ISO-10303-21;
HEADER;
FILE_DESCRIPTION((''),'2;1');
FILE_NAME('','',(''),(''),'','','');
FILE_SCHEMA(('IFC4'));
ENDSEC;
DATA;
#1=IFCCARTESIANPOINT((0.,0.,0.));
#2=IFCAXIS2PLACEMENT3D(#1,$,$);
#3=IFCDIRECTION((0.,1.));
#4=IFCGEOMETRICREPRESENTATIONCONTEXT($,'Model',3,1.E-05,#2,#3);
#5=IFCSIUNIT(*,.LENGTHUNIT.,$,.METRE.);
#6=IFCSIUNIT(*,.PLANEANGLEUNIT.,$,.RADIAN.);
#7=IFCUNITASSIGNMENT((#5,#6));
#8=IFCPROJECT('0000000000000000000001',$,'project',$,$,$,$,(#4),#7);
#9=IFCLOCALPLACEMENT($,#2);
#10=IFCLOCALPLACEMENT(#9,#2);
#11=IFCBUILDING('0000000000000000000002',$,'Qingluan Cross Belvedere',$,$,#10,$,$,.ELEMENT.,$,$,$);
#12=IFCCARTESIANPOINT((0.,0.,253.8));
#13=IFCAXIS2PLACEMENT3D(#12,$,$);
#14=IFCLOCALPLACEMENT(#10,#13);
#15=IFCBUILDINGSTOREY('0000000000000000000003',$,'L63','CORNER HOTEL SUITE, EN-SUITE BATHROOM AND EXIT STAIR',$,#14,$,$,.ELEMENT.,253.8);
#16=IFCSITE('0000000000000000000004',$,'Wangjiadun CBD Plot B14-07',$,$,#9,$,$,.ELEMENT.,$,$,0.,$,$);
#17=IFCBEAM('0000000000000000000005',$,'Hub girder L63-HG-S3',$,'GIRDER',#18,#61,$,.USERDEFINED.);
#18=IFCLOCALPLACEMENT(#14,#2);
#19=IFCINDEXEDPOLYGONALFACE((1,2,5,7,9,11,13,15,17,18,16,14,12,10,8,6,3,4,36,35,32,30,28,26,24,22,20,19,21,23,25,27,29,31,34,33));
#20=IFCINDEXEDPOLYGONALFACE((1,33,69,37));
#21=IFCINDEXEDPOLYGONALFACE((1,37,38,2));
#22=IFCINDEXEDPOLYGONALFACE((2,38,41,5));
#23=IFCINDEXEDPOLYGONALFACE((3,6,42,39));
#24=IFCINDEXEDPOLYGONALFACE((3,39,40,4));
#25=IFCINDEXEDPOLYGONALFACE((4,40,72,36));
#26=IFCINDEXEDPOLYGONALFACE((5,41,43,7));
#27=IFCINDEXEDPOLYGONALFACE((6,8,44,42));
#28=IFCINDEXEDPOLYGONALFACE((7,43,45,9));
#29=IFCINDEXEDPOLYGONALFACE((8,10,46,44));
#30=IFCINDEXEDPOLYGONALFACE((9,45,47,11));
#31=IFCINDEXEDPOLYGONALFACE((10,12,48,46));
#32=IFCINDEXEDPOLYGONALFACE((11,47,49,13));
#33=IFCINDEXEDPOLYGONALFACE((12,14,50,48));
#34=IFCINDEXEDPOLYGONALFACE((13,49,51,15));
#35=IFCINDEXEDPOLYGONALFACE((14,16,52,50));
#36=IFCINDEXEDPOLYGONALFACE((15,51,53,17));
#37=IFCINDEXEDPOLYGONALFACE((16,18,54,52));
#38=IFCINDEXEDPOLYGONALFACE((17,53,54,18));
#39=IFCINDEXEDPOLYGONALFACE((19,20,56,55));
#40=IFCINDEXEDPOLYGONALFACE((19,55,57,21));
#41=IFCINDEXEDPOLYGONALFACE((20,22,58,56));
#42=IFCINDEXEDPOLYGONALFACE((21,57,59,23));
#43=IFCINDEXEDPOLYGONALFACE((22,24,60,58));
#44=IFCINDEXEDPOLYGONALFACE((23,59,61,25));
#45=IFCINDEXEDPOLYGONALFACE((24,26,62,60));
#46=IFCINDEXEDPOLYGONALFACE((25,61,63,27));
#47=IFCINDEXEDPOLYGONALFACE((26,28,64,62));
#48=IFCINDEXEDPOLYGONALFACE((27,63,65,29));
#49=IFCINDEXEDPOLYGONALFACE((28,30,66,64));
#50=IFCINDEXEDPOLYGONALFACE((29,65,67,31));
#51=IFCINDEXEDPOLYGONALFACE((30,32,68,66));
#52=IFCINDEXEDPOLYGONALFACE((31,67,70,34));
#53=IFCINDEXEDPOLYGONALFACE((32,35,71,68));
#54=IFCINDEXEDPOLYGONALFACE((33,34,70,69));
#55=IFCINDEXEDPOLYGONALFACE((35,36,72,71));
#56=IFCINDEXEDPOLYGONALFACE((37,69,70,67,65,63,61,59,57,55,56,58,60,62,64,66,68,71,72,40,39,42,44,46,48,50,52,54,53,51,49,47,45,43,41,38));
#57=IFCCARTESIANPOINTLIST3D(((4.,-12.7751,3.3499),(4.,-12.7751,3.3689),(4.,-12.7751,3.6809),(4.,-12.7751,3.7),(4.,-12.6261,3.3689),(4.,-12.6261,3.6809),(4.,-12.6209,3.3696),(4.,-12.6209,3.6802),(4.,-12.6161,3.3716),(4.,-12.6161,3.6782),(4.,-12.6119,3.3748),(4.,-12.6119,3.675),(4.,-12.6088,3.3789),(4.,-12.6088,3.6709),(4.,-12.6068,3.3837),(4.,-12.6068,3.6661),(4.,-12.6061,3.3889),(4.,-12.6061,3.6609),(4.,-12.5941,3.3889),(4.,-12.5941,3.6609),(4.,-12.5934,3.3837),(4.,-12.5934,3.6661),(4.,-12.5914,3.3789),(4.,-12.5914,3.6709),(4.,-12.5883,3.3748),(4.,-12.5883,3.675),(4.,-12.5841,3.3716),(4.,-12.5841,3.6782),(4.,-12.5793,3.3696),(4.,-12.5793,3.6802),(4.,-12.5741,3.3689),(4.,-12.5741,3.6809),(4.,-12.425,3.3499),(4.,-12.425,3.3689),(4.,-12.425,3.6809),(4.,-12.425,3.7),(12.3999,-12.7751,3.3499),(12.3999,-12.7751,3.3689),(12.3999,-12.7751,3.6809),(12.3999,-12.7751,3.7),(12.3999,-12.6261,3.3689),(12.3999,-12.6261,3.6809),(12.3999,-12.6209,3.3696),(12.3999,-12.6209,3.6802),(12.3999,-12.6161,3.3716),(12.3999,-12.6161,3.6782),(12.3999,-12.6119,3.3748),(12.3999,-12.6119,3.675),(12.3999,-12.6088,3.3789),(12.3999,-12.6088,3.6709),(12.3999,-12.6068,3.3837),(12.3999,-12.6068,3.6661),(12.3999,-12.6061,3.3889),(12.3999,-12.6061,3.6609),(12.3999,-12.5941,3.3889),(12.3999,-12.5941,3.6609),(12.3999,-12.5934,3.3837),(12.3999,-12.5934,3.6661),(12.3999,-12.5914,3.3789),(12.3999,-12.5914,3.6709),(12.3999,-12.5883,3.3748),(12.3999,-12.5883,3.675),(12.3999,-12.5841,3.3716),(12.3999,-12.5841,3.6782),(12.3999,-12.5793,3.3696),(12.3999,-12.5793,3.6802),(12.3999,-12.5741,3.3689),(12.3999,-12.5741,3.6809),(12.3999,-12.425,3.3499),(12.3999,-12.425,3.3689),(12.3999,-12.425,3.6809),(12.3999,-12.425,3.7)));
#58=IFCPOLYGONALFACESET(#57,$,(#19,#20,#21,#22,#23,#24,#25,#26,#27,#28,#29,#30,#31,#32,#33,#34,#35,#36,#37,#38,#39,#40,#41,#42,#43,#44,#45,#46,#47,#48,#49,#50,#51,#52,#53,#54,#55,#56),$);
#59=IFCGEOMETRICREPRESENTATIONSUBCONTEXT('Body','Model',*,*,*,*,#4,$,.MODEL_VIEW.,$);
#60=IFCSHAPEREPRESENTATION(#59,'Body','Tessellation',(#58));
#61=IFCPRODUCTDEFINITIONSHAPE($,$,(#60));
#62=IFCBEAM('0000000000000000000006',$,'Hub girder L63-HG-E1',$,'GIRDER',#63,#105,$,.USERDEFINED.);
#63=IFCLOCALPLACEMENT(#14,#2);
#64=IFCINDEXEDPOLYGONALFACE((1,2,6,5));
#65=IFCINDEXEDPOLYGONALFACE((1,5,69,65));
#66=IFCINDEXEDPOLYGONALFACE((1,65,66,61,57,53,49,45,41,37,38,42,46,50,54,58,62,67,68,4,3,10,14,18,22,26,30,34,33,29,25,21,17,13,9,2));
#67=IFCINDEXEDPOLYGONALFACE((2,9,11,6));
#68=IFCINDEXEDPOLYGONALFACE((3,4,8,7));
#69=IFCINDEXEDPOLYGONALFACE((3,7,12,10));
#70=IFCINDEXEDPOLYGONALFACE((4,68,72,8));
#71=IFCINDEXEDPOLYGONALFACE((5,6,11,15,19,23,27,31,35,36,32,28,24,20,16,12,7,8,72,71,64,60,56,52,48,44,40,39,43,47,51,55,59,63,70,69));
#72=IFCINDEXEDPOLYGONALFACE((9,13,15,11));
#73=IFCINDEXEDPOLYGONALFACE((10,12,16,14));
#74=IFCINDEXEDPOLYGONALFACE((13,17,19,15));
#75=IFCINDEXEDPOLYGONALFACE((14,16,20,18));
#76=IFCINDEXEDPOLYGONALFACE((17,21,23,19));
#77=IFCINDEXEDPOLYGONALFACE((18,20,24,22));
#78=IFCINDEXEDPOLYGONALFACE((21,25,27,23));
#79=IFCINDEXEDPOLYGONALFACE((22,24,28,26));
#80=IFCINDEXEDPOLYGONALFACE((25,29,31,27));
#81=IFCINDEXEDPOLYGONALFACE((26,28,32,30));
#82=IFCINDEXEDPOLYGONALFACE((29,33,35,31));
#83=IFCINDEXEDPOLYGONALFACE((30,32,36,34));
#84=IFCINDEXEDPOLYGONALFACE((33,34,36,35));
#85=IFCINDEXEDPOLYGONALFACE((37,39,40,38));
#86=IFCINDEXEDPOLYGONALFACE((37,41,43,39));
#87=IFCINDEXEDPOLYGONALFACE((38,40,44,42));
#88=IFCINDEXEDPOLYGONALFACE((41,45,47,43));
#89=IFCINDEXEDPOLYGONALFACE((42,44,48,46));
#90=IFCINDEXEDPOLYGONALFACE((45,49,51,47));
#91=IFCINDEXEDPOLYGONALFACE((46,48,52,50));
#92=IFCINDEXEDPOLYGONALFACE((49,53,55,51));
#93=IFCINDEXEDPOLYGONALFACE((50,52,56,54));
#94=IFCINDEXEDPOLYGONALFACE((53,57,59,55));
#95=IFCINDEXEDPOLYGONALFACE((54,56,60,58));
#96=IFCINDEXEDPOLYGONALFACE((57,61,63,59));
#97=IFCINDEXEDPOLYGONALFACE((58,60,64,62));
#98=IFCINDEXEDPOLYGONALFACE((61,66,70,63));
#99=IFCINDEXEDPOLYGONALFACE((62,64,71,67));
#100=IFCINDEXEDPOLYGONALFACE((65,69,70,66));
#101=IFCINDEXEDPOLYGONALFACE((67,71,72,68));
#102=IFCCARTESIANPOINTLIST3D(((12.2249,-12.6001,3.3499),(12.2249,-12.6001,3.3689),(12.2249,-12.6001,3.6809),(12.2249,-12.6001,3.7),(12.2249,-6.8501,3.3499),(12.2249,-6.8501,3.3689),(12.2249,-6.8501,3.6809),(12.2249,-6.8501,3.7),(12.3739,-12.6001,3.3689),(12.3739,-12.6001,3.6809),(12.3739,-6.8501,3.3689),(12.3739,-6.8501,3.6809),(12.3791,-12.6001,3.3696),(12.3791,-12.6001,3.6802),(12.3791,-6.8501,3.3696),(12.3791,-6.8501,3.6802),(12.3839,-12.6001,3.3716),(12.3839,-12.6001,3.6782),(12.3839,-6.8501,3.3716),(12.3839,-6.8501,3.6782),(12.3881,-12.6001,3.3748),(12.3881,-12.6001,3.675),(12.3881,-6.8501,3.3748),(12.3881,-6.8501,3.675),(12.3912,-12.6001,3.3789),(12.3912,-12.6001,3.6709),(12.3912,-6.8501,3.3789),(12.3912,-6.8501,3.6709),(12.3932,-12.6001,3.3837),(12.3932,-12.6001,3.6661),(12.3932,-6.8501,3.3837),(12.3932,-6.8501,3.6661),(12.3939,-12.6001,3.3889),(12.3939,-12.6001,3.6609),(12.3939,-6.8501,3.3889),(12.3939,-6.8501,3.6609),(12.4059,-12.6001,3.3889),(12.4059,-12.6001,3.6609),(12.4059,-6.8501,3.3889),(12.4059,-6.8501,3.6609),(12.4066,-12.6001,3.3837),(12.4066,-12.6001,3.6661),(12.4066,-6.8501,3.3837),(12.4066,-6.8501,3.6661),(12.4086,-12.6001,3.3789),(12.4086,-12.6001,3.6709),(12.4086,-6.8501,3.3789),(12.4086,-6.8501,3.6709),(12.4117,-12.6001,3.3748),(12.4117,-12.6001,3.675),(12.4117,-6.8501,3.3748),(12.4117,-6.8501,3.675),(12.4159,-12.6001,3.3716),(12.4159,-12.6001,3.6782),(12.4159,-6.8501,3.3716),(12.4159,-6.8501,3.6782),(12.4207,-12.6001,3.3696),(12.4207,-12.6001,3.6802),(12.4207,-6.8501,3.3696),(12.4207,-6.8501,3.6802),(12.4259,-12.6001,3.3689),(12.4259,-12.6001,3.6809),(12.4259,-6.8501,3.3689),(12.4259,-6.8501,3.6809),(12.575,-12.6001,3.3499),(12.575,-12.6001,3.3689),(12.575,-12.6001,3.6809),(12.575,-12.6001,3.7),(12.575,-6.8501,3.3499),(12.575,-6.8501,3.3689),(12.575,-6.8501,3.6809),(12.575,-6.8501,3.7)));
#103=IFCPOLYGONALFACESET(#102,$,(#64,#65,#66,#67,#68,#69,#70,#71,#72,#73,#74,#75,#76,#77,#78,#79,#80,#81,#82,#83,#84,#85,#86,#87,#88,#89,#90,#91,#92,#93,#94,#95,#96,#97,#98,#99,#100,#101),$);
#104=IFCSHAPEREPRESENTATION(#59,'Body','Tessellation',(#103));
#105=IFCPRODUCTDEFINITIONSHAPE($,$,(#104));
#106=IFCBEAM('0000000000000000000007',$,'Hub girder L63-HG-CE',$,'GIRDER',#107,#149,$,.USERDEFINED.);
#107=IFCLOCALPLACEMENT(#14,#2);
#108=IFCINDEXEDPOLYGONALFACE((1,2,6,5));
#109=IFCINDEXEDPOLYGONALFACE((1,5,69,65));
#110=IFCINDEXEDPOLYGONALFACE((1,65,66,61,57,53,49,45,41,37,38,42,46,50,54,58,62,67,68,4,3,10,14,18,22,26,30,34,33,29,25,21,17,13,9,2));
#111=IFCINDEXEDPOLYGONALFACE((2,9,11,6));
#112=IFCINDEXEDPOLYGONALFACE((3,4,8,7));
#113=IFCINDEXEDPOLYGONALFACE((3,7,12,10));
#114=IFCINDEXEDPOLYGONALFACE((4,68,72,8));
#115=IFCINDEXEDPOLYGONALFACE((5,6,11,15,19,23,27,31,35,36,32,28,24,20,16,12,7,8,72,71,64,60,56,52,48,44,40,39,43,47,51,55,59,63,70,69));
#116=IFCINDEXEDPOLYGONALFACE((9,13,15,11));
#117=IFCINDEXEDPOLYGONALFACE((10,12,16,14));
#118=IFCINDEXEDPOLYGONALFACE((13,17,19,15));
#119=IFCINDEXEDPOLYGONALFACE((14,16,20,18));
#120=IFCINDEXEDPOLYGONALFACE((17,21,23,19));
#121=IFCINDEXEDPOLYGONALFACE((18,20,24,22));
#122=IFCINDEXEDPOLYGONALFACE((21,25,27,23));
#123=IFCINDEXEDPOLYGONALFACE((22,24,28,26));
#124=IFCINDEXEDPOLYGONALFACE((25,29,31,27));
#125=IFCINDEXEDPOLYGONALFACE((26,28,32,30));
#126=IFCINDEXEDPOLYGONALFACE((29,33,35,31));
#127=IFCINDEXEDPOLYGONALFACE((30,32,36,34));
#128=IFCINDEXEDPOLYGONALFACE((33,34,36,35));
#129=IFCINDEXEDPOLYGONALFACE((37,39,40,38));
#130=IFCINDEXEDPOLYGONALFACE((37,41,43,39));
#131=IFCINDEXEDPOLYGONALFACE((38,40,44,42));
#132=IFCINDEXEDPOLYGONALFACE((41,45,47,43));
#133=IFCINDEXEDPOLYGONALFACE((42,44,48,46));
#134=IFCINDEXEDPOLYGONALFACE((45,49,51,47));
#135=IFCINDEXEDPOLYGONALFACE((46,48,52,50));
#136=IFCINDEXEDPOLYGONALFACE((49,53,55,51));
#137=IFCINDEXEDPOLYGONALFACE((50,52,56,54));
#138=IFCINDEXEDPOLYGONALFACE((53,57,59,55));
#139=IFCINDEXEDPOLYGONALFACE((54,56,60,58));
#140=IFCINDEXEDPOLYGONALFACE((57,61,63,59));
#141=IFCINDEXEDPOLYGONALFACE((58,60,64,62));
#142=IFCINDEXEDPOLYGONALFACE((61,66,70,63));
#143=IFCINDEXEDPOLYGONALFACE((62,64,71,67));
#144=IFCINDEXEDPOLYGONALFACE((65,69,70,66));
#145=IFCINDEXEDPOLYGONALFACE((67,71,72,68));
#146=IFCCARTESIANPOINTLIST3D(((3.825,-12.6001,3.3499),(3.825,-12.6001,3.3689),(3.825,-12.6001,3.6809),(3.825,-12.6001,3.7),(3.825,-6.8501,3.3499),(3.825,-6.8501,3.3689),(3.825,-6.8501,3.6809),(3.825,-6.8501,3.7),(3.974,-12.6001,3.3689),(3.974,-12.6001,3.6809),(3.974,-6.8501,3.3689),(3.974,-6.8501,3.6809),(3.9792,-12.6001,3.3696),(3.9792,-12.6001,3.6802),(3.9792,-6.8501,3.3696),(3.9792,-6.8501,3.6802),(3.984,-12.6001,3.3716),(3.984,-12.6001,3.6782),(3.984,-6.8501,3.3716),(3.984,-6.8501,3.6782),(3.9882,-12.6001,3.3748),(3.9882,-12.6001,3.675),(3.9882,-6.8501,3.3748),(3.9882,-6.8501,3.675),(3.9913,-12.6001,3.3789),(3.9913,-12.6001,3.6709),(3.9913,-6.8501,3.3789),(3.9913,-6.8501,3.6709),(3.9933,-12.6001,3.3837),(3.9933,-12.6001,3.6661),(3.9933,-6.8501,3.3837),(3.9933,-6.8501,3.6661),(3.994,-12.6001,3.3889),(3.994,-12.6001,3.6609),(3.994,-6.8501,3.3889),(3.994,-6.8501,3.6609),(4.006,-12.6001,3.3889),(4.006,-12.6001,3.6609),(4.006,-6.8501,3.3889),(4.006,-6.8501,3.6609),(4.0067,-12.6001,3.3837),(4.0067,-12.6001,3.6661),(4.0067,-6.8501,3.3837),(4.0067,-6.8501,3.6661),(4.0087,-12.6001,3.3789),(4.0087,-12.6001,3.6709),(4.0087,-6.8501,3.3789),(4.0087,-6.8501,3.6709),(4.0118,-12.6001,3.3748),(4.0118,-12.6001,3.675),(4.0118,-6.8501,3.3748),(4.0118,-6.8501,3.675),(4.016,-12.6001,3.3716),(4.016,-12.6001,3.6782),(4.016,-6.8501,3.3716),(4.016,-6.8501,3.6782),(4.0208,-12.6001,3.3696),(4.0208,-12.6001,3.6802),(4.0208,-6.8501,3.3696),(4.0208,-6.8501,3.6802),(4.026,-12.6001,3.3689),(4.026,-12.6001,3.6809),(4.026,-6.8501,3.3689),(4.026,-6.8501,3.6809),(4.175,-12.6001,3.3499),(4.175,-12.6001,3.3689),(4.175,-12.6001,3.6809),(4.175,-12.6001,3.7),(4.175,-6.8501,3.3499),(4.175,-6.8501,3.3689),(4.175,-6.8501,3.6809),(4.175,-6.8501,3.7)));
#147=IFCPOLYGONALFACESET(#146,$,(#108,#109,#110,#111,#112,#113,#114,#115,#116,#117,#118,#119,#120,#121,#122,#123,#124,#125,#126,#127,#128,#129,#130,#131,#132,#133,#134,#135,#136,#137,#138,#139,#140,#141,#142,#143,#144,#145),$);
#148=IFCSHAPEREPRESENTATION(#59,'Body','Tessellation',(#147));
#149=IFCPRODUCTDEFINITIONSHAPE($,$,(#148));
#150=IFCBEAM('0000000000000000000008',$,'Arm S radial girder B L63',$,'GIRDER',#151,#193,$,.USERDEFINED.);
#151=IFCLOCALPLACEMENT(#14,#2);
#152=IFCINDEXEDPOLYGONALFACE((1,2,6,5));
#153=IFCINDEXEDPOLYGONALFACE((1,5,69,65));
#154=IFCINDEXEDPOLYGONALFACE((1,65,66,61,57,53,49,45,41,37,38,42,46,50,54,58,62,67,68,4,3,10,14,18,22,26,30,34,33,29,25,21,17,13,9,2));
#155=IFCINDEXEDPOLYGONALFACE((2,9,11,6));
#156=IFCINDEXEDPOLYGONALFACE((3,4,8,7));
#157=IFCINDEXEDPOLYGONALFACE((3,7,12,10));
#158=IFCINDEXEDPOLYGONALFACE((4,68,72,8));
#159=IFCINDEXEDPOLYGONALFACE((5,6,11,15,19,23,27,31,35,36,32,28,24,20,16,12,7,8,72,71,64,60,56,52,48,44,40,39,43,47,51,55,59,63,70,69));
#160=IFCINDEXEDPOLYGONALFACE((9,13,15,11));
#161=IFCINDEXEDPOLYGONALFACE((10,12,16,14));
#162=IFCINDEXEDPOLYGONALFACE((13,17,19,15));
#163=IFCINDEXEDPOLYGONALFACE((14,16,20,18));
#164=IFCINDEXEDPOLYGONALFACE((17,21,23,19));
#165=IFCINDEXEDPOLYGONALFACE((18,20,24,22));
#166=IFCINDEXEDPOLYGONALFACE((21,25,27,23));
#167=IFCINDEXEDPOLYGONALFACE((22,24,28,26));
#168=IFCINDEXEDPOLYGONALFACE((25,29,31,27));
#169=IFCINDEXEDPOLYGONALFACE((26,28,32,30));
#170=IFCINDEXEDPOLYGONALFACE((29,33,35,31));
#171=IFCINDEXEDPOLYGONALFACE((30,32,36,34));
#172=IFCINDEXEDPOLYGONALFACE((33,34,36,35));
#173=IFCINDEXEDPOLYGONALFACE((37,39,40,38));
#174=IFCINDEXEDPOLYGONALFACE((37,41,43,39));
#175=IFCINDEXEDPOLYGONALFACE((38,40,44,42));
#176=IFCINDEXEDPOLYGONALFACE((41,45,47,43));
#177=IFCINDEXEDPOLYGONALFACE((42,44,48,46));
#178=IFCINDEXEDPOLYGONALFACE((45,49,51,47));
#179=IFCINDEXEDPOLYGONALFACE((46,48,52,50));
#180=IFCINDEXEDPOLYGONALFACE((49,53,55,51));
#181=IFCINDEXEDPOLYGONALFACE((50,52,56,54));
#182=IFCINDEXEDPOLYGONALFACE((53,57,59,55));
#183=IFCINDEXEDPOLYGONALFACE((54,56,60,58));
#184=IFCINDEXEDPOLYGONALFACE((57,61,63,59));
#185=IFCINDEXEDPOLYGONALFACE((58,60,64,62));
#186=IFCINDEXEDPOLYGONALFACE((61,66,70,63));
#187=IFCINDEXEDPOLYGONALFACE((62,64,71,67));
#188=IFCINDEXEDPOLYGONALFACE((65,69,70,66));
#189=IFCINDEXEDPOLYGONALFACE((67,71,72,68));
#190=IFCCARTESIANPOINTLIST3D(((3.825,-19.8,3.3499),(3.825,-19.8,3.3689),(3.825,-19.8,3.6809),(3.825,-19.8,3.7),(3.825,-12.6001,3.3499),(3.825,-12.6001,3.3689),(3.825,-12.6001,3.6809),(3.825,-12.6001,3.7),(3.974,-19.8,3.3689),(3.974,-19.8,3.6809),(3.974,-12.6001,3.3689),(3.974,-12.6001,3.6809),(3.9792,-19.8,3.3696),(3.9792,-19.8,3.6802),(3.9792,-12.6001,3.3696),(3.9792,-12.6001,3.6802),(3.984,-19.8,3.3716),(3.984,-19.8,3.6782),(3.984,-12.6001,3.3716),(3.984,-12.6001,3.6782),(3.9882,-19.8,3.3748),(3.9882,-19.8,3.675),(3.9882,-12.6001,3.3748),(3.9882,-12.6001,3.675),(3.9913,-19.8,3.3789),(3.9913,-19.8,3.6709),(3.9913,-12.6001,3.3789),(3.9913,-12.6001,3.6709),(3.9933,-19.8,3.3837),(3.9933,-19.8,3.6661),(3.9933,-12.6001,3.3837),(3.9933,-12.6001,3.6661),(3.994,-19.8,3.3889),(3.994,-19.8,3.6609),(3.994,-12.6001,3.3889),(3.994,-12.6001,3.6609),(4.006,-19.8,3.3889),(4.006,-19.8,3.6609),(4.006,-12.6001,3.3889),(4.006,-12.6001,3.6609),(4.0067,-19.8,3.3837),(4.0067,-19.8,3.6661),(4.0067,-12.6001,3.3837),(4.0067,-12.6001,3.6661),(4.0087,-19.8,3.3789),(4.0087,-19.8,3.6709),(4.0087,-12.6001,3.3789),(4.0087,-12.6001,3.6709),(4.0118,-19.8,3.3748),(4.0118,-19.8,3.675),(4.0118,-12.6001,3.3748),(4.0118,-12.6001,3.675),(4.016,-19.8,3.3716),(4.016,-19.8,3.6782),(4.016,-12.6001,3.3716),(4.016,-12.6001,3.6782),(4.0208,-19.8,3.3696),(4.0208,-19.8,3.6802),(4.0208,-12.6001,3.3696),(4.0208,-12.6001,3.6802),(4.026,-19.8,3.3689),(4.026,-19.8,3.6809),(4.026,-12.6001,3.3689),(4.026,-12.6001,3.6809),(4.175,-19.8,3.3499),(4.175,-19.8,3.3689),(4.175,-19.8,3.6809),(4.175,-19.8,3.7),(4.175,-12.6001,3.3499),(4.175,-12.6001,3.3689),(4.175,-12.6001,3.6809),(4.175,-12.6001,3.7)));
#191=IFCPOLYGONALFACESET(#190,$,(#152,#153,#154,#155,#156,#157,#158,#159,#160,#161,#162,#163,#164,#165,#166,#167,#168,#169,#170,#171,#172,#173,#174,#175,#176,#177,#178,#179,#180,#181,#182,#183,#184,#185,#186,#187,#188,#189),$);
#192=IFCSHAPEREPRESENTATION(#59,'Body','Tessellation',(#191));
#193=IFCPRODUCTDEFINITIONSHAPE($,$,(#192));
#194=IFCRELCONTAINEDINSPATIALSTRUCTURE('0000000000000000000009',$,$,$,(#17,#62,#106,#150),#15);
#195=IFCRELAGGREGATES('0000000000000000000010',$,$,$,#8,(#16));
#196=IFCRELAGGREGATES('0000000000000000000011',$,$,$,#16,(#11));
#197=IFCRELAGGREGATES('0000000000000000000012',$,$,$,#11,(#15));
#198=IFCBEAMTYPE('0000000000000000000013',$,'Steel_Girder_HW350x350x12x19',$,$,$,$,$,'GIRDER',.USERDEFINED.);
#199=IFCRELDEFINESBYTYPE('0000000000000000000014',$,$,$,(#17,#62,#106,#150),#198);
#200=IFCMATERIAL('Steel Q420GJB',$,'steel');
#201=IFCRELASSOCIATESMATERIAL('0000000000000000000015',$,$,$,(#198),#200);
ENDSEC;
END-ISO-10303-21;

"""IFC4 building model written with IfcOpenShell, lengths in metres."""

from ifc_helpers import new_model, si_unit, direction, frame, origin, origin_2d, place, context, subcontext, project, spatial, i_section, extrude, material, material_profile, profile_set, type_object, element, save


model = new_model("IFC4")

# Units and contexts
model_context = context("Model", 3, precision=1e-05, world=origin(), true_north=direction((0.0, 1.0)))
body_context = subcontext(model_context, "Body", "Model", "MODEL_VIEW")
ifc_project = project(units=[si_unit("LENGTHUNIT", "METRE"), si_unit("PLANEANGLEUNIT", "RADIAN")], contexts=[model_context])

# Site, building, storey
site_placement = place(None, origin())
site = spatial("IfcSite", under=ifc_project, at=site_placement, Name="Wangjiadun CBD Plot B14-07", CompositionType="ELEMENT", RefElevation=0.0)
building_placement = place(site_placement, origin())
building = spatial("IfcBuilding", under=site, at=building_placement, Name="Qingluan Cross Belvedere", CompositionType="ELEMENT")
storey_placement = place(building_placement, frame((0.0, 0.0, 253.8)))
storey = spatial("IfcBuildingStorey", under=building, at=storey_placement, Name="L63", Description="CORNER HOTEL SUITE, EN-SUITE BATHROOM AND EXIT STAIR", CompositionType="ELEMENT", Elevation=253.8)

# Beams
ifc_material_1 = material(Name="Steel Q420GJB", Category="steel")
ifc_material_profile_1 = material_profile(ifc_material_1, i_section(OverallWidth=0.3501, OverallDepth=0.3501, WebThickness=0.012, FlangeThickness=0.019, FilletRadius=0.02, at=origin_2d()), Name="HW350x350x12x19")
ifc_profile_set_1 = profile_set([ifc_material_profile_1], Name="Steel Q420GJB")
beam_type_1 = type_object("IfcBeamType", Name="Steel_Girder_HW350x350x12x19", ElementType="GIRDER", PredefinedType="USERDEFINED", material=ifc_profile_set_1)
beam_1_placement = place(storey_placement, frame((4.0, -12.6001, 3.5249), z_axis=(1.0, 0.0, 0.0), x_axis=(0.0, 1.0, 0.0)))
element("IfcBeam", 1, at=beam_1_placement, inside=storey, type_object=beam_type_1, Name="Hub girder L63-HG-S3", ObjectType="GIRDER", PredefinedType="USERDEFINED", context=body_context, shape_type="SweptSolid", body=[
    extrude(i_section(OverallWidth=0.3501, OverallDepth=0.3501, WebThickness=0.012, FlangeThickness=0.019, FilletRadius=0.02, at=origin_2d()), origin(), (0.0, 0.0, 1.0), 8.3999),
])
for number, where, z_axis, x_axis, name in (
    (2, (12.3999, -12.6001, 3.5249), (0.0, 1.0, 0.0), (-1.0, 0.0, 0.0), "Hub girder L63-HG-E1"),
    (3, (4.0, -12.6001, 3.5249), (0.0, 1.0, 0.0), (-1.0, 0.0, 0.0), "Hub girder L63-HG-CE"),
):
    element("IfcBeam", number, at=place(storey_placement, frame(where, z_axis=z_axis, x_axis=x_axis)), inside=storey, type_object=beam_type_1, Name=name, ObjectType="GIRDER", PredefinedType="USERDEFINED", context=body_context, shape_type="SweptSolid", body=[
        extrude(i_section(OverallWidth=0.3501, OverallDepth=0.3501, WebThickness=0.012, FlangeThickness=0.019, FilletRadius=0.02, at=origin_2d()), origin(), (0.0, 0.0, 1.0), 5.75),
    ])
beam_2_placement = place(storey_placement, frame((4.0, -12.6001, 3.5249), z_axis=(0.0, -1.0, 0.0), x_axis=(1.0, 0.0, 0.0)))
element("IfcBeam", 4, at=beam_2_placement, inside=storey, type_object=beam_type_1, Name="Arm S radial girder B L63", ObjectType="GIRDER", PredefinedType="USERDEFINED", context=body_context, shape_type="SweptSolid", body=[
    extrude(i_section(OverallWidth=0.3501, OverallDepth=0.3501, WebThickness=0.012, FlangeThickness=0.019, FilletRadius=0.02, at=origin_2d()), origin(), (0.0, 0.0, 1.0), 7.2),
])

save(model, "model.ifc")
